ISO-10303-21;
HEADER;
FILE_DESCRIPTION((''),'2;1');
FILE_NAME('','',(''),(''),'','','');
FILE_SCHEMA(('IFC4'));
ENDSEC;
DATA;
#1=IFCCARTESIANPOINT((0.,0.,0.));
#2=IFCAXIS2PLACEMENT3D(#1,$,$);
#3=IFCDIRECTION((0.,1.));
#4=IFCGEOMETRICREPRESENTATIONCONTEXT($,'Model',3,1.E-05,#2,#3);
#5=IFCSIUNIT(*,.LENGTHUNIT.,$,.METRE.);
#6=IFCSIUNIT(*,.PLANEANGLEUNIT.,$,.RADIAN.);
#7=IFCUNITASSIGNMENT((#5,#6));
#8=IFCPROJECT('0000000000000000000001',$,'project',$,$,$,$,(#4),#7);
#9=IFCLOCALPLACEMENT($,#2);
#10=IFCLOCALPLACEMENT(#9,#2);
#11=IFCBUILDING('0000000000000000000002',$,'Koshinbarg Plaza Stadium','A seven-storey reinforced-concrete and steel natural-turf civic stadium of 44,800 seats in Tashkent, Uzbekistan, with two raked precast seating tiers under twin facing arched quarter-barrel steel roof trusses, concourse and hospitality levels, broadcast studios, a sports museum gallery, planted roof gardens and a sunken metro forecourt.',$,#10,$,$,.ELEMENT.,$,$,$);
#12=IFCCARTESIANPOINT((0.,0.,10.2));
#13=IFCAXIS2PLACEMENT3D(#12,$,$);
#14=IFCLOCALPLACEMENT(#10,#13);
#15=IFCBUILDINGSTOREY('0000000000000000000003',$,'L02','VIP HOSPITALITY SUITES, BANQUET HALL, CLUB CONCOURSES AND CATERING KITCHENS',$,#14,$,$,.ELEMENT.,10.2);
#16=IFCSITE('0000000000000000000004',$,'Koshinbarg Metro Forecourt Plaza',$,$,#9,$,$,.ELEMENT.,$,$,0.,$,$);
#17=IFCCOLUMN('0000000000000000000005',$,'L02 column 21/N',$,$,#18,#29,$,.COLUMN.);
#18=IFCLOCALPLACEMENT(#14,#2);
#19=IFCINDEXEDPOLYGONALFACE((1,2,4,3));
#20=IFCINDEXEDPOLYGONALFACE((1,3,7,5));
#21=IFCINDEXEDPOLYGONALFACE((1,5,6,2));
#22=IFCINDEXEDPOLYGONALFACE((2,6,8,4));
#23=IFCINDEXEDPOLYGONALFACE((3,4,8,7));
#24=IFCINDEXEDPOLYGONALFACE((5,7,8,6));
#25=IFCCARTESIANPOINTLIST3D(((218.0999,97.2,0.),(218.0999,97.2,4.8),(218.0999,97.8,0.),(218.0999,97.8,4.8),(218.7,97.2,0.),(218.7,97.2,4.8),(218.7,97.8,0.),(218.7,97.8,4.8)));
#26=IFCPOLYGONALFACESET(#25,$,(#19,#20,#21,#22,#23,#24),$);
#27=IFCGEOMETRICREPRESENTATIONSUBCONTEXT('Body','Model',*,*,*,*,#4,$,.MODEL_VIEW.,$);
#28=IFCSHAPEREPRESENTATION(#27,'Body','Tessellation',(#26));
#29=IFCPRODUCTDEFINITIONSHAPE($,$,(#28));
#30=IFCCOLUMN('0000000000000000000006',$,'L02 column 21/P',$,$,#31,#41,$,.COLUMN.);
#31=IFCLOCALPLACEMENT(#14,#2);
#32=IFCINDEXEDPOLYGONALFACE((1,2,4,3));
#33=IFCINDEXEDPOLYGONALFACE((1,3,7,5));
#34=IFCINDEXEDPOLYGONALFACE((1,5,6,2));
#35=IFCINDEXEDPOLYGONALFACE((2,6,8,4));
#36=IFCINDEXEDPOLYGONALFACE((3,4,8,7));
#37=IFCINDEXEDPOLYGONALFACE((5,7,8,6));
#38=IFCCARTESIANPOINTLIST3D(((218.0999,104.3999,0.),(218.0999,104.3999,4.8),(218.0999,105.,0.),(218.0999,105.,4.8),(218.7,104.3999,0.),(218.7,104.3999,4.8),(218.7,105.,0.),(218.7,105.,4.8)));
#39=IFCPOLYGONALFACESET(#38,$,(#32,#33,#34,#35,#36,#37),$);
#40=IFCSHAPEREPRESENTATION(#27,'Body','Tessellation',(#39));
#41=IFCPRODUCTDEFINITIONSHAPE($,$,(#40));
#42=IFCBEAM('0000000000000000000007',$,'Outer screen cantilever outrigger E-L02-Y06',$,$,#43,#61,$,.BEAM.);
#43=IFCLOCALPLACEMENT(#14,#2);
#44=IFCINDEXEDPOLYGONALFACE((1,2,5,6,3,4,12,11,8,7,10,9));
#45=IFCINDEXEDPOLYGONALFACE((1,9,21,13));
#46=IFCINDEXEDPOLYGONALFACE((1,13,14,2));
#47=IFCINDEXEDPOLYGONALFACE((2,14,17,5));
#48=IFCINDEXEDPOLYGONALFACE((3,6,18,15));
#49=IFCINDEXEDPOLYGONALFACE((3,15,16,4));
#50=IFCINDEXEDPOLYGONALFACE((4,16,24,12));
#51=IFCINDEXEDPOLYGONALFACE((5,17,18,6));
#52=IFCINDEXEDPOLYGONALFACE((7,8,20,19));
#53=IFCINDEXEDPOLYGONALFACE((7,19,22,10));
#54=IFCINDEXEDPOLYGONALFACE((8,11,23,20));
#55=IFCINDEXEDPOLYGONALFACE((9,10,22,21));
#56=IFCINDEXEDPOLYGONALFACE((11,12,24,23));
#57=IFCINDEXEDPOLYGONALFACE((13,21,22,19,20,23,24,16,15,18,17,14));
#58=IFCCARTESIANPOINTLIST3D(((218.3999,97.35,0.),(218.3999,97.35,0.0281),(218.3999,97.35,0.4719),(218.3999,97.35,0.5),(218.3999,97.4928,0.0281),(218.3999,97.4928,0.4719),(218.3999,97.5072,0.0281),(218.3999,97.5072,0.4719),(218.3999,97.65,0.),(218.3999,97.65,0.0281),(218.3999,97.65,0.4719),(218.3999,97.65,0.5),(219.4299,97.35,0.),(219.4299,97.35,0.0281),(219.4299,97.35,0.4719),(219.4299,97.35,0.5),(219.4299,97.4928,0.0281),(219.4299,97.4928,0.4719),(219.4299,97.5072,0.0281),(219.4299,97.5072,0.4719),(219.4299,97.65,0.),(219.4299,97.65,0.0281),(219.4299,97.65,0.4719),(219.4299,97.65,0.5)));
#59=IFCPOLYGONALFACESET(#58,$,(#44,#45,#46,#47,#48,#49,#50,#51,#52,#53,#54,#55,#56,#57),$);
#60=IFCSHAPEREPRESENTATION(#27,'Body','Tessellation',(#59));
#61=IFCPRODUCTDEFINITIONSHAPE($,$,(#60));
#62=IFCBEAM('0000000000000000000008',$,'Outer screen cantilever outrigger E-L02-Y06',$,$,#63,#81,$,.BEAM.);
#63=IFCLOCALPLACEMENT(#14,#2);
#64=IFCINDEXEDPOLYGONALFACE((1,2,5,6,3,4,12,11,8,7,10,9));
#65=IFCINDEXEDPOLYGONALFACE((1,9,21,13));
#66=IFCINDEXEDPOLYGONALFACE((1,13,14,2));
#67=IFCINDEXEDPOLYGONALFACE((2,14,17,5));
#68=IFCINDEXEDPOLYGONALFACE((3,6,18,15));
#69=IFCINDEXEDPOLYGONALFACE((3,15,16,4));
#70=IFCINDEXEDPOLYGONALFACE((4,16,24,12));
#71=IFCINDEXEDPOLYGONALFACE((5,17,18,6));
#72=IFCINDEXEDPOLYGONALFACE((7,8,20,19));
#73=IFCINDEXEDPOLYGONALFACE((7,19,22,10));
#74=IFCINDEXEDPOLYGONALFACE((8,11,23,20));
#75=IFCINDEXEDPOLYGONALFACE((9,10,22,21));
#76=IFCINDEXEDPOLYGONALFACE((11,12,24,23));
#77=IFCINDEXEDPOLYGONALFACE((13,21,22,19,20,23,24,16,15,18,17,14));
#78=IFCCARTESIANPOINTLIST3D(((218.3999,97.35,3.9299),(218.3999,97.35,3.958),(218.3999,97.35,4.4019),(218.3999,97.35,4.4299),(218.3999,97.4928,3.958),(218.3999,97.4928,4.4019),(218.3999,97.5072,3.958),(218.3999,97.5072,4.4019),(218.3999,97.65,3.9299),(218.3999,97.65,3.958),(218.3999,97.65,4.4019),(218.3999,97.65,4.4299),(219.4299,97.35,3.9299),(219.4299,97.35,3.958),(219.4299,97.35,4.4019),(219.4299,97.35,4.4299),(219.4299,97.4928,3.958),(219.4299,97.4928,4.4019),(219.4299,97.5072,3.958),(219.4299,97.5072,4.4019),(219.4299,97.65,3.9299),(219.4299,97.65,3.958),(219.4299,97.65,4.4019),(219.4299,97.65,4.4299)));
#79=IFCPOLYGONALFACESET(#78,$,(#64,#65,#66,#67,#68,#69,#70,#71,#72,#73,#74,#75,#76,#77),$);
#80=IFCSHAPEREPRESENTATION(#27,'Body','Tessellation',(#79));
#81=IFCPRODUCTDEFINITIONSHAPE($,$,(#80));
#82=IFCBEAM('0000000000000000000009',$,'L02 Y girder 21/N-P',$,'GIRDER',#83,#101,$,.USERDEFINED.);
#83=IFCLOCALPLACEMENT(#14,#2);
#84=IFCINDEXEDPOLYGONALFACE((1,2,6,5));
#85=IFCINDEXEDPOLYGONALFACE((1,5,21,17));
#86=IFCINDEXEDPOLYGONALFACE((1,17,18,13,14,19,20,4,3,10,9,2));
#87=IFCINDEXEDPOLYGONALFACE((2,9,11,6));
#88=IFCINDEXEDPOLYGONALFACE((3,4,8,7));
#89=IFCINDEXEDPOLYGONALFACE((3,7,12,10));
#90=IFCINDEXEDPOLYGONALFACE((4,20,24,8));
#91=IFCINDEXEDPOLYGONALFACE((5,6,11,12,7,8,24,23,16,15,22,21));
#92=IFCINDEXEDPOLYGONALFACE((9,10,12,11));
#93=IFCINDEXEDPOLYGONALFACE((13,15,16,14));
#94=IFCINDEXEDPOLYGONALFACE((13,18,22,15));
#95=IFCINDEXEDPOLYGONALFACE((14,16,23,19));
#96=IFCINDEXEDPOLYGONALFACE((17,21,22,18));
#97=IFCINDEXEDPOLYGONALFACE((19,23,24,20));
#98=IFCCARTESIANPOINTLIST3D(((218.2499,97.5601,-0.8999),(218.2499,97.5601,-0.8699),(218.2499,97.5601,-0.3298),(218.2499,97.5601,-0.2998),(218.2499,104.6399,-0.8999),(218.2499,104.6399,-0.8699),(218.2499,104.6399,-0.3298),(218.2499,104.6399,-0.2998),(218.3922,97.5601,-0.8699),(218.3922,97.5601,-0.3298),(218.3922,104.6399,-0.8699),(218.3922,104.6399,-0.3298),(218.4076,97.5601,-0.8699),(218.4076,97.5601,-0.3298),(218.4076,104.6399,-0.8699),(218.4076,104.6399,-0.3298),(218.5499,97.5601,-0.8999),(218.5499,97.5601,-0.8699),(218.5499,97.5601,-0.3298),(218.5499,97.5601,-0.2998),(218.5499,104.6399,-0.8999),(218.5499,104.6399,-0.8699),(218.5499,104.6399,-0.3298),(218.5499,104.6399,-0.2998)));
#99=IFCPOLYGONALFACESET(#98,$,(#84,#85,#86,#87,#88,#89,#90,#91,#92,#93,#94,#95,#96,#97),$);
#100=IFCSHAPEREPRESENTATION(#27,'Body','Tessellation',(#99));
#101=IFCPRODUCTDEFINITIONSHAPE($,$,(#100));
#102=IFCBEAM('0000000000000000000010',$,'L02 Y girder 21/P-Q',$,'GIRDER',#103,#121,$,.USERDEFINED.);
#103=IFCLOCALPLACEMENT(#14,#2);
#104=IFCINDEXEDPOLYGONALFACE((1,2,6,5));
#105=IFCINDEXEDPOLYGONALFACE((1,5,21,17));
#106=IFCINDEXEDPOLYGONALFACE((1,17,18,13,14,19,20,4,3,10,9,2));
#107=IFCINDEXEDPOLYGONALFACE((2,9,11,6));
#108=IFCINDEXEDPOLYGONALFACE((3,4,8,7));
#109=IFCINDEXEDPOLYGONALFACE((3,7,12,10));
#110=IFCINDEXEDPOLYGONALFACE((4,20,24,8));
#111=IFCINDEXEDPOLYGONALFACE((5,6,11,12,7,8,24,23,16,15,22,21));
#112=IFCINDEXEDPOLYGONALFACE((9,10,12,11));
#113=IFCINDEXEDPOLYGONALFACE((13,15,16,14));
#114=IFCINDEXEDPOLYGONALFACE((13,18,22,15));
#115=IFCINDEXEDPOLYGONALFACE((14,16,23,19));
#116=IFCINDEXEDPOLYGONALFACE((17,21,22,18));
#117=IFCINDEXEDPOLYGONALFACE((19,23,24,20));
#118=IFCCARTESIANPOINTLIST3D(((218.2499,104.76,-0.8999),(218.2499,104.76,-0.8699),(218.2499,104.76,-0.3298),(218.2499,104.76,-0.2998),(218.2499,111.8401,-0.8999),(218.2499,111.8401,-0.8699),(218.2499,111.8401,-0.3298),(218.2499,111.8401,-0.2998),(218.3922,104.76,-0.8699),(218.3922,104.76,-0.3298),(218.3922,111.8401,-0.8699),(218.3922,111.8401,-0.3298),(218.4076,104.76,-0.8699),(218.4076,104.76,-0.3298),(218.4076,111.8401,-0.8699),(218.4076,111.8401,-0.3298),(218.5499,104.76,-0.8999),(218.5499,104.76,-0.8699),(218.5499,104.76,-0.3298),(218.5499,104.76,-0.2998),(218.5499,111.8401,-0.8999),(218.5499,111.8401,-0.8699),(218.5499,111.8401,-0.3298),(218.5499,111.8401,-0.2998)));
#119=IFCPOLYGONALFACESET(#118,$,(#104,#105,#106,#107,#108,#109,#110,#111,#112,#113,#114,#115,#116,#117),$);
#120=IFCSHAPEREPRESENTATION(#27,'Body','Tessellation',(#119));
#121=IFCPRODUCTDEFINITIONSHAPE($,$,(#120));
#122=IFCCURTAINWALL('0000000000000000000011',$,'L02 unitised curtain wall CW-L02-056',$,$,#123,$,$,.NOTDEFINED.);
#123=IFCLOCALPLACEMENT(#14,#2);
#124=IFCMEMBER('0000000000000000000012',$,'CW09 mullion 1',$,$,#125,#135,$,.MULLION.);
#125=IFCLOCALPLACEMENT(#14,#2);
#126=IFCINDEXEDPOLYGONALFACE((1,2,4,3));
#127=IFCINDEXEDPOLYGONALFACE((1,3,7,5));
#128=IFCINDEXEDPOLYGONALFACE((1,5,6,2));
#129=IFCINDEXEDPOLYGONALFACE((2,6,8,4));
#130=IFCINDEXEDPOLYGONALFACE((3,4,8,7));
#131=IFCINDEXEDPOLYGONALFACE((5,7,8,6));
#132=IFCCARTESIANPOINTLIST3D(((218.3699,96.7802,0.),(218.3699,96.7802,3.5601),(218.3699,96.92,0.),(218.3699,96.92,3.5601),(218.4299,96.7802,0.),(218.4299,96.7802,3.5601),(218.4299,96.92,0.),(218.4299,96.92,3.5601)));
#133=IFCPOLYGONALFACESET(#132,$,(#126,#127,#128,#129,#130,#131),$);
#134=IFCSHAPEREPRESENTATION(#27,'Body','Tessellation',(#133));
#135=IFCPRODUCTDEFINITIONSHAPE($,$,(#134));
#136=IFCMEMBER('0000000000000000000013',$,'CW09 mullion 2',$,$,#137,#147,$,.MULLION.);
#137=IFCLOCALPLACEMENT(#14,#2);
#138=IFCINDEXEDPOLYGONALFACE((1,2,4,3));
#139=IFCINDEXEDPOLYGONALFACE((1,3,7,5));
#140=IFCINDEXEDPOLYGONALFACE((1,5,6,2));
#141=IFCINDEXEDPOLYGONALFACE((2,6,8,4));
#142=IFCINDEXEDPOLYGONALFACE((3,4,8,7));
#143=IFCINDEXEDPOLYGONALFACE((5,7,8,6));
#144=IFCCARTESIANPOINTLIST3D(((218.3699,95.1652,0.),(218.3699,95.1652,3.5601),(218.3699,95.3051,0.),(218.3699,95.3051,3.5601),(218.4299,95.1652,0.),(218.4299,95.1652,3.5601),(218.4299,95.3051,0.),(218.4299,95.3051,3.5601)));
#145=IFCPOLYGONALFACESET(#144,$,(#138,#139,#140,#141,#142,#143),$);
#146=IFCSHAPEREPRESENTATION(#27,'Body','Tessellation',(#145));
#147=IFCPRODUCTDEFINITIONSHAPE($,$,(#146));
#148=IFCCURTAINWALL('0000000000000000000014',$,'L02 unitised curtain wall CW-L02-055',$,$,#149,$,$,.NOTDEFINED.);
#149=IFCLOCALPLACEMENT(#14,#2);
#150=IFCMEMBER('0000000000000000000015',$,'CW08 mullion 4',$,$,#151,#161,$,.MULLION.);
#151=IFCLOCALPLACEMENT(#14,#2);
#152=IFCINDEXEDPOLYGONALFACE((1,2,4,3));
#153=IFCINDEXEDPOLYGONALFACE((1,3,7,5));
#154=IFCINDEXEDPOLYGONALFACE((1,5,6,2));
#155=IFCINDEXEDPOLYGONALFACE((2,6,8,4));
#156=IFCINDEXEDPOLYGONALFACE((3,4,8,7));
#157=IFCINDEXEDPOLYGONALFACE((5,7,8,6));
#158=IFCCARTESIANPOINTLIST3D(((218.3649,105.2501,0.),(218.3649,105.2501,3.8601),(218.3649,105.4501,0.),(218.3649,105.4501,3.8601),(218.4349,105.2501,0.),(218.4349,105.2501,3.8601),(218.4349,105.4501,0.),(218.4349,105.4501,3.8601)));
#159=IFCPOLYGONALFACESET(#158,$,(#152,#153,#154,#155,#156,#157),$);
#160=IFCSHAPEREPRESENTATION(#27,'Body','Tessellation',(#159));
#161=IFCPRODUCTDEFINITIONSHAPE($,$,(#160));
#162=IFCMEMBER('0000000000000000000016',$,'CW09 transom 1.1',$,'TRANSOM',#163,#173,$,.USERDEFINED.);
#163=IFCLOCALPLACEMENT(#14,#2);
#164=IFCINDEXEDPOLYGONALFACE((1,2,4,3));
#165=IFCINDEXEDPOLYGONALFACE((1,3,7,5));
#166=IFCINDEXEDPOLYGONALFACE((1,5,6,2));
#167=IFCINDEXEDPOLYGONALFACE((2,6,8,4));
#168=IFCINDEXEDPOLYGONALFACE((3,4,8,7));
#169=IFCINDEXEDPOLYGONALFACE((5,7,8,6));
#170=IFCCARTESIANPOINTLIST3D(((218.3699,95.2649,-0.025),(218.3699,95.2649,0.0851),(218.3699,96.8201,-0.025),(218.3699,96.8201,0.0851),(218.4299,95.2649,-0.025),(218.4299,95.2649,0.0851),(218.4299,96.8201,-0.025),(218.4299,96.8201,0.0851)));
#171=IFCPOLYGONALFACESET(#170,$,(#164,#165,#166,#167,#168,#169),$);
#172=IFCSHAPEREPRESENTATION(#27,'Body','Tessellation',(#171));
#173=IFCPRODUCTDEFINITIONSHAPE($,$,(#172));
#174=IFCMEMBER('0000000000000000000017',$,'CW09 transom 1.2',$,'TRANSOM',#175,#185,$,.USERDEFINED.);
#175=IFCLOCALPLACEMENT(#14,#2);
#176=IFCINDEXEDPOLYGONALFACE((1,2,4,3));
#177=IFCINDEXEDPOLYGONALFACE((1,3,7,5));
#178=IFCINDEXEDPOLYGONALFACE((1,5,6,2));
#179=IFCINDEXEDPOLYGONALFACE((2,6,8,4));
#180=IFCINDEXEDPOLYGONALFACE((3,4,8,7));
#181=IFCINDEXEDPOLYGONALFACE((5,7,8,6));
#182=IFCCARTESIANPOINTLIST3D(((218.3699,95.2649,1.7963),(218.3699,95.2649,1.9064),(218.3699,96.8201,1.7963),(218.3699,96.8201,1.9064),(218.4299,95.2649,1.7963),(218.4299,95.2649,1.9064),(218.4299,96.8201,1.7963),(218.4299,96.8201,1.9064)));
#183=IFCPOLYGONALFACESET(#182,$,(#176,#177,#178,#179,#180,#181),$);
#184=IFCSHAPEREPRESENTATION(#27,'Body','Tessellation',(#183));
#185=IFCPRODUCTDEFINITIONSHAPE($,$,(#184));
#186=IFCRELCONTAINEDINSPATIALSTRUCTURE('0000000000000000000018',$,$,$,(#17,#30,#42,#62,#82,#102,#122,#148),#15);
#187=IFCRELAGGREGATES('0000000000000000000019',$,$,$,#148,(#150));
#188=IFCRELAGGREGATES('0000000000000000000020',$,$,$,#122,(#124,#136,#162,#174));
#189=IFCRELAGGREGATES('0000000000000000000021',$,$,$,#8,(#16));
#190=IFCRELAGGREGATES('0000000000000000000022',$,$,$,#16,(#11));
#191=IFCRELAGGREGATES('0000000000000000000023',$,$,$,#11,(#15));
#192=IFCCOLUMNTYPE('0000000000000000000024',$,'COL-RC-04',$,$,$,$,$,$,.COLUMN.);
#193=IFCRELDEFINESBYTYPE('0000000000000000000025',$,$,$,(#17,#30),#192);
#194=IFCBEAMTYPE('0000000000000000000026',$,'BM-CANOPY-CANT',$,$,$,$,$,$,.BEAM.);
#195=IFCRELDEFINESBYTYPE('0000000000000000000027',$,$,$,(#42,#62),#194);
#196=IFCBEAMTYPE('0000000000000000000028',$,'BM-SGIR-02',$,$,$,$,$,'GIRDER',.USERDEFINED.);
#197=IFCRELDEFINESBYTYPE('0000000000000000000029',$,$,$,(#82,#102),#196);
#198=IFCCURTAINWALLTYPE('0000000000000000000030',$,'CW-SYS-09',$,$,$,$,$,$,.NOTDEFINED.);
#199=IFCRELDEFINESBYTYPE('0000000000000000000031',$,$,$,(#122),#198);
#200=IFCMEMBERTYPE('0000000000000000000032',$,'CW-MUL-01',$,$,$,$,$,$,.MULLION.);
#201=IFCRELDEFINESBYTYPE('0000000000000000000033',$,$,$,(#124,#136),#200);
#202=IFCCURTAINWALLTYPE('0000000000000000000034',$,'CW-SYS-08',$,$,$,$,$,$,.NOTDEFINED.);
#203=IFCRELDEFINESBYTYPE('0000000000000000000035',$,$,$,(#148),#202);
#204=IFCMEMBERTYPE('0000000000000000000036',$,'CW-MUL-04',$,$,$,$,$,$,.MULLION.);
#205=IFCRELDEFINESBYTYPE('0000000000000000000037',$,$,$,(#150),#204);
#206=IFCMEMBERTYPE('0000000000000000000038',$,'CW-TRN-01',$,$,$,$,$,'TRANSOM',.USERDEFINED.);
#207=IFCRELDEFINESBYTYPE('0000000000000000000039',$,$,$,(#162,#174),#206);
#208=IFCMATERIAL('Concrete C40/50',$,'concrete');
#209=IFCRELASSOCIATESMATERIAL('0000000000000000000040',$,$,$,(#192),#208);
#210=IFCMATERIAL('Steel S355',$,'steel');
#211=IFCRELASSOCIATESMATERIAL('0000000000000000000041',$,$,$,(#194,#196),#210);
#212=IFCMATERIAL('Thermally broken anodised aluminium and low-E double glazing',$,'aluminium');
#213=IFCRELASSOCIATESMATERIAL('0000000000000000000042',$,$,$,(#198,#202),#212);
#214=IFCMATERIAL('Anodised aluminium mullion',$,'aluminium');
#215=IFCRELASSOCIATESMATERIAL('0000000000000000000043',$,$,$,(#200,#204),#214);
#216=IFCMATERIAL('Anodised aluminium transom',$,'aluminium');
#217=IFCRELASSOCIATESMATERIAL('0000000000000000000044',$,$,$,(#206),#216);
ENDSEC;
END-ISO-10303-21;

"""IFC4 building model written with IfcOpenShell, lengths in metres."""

from ifc_helpers import new_model, si_unit, direction, frame, origin, origin_2d, place, context, subcontext, project, spatial, rectangle, i_section, extrude, material, material_profile, profile_set, type_object, element, aggregate, save


model = new_model("IFC4")

# Units and contexts
model_context = context("Model", 3, precision=1e-05, world=origin(), true_north=direction((0.0, 1.0)))
body_context = subcontext(model_context, "Body", "Model", "MODEL_VIEW")
ifc_project = project(units=[si_unit("LENGTHUNIT", "METRE"), si_unit("PLANEANGLEUNIT", "RADIAN")], contexts=[model_context])

# Site, building, storey
site_placement = place(None, origin())
site = spatial("IfcSite", under=ifc_project, at=site_placement, Name="Koshinbarg Metro Forecourt Plaza", CompositionType="ELEMENT", RefElevation=0.0)
building_placement = place(site_placement, origin())
building = spatial("IfcBuilding", under=site, at=building_placement, Name="Koshinbarg Plaza Stadium", Description="A seven-storey reinforced-concrete and steel natural-turf civic stadium of 44,800 seats in Tashkent, Uzbekistan, with two raked precast seating tiers under twin facing arched quarter-barrel steel roof trusses, concourse and hospitality levels, broadcast studios, a sports museum gallery, planted roof gardens and a sunken metro forecourt.", CompositionType="ELEMENT")
storey_placement = place(building_placement, frame((0.0, 0.0, 10.2)))
storey = spatial("IfcBuildingStorey", under=building, at=storey_placement, Name="L02", Description="VIP HOSPITALITY SUITES, BANQUET HALL, CLUB CONCOURSES AND CATERING KITCHENS", CompositionType="ELEMENT", Elevation=10.2)

# Columns
ifc_material_1 = material(Name="Concrete C40/50", Category="concrete")
ifc_material_profile_1 = material_profile(ifc_material_1, rectangle(XDim=0.6001, YDim=0.6001, at=origin_2d()), Name="RC 600x600")
ifc_profile_set_1 = profile_set([ifc_material_profile_1], Name="Concrete C40/50")
column_type = type_object("IfcColumnType", Name="COL-RC-04", PredefinedType="COLUMN", material=ifc_profile_set_1)
for number, where, z_axis, x_axis, name in (
    (1, (218.3999, 97.5, 0.0), (0.0, 0.0, 1.0), (1.0, 0.0, 0.0), "L02 column 21/N"),
    (2, (218.3999, 104.7, 0.0), (0.0, 0.0, 1.0), (1.0, 0.0, 0.0), "L02 column 21/P"),
):
    element("IfcColumn", number, at=place(storey_placement, frame(where, z_axis=z_axis, x_axis=x_axis)), inside=storey, type_object=column_type, Name=name, PredefinedType="COLUMN", context=body_context, shape_type="SweptSolid", body=[
        extrude(rectangle(XDim=0.6001, YDim=0.6001, at=origin_2d()), origin(), (0.0, 0.0, 1.0), 4.8),
    ])

# Beams
ifc_material_2 = material(Name="Steel S355", Category="steel")
ifc_material_profile_2 = material_profile(ifc_material_2, i_section(OverallWidth=0.3, OverallDepth=0.5, WebThickness=0.0144, FlangeThickness=0.0281, at=origin_2d()), Name="HEB 500")
ifc_profile_set_2 = profile_set([ifc_material_profile_2], Name="Steel S355")
beam_type_1 = type_object("IfcBeamType", Name="BM-CANOPY-CANT", PredefinedType="BEAM", material=ifc_profile_set_2)
for number, where, z_axis, x_axis, name in (
    (3, (218.3999, 97.5, 0.25), (1.0, 0.0, 0.0), (0.0, 1.0, 0.0), "Outer screen cantilever outrigger E-L02-Y06"),
    (4, (218.3999, 97.5, 4.1799), (1.0, 0.0, 0.0), (0.0, 1.0, 0.0), "Outer screen cantilever outrigger E-L02-Y06"),
):
    element("IfcBeam", number, at=place(storey_placement, frame(where, z_axis=z_axis, x_axis=x_axis)), inside=storey, type_object=beam_type_1, Name=name, PredefinedType="BEAM", context=body_context, shape_type="SweptSolid", body=[
        extrude(i_section(OverallWidth=0.3, OverallDepth=0.5, WebThickness=0.0144, FlangeThickness=0.0281, at=origin_2d()), origin(), (0.0, 0.0, 1.0), 1.03),
    ])
ifc_material_profile_3 = material_profile(ifc_material_2, i_section(OverallWidth=0.3, OverallDepth=0.6001, WebThickness=0.0154, FlangeThickness=0.03, at=origin_2d()), Name="HEB 600")
ifc_profile_set_3 = profile_set([ifc_material_profile_3], Name="Steel S355")
beam_type_2 = type_object("IfcBeamType", Name="BM-SGIR-02", ElementType="GIRDER", PredefinedType="USERDEFINED", material=ifc_profile_set_3)
beam_1_placement = place(storey_placement, frame((218.3999, 97.5601, -0.5999), z_axis=(0.0, 1.0, 0.0), x_axis=(-1.0, 0.0, 0.0)))
element("IfcBeam", 5, at=beam_1_placement, inside=storey, type_object=beam_type_2, Name="L02 Y girder 21/N-P", ObjectType="GIRDER", PredefinedType="USERDEFINED", context=body_context, shape_type="SweptSolid", body=[
    extrude(i_section(OverallWidth=0.3, OverallDepth=0.6001, WebThickness=0.0154, FlangeThickness=0.03, at=origin_2d()), origin(), (0.0, 0.0, 1.0), 7.0798),
])
beam_2_placement = place(storey_placement, frame((218.3999, 104.76, -0.5999), z_axis=(0.0, 1.0, 0.0), x_axis=(-1.0, 0.0, 0.0)))
element("IfcBeam", 6, at=beam_2_placement, inside=storey, type_object=beam_type_2, Name="L02 Y girder 21/P-Q", ObjectType="GIRDER", PredefinedType="USERDEFINED", context=body_context, shape_type="SweptSolid", body=[
    extrude(i_section(OverallWidth=0.3, OverallDepth=0.6001, WebThickness=0.0154, FlangeThickness=0.03, at=origin_2d()), origin(), (0.0, 0.0, 1.0), 7.0801),
])

# Curtain wall, members
ifc_material_3 = material(Name="Thermally broken anodised aluminium and low-E double glazing", Category="aluminium")
curtain_wall_type_1 = type_object("IfcCurtainWallType", Name="CW-SYS-09", PredefinedType="NOTDEFINED", material=ifc_material_3)
curtain_wall_1_placement = place(storey_placement, origin())
curtain_wall_1 = element("IfcCurtainWall", 7, at=curtain_wall_1_placement, inside=storey, type_object=curtain_wall_type_1, Name="L02 unitised curtain wall CW-L02-056", PredefinedType="NOTDEFINED")
ifc_material_4 = material(Name="Anodised aluminium mullion", Category="aluminium")
ifc_material_profile_4 = material_profile(ifc_material_4, rectangle(XDim=0.0601, YDim=0.1399, at=origin_2d()), Name="ALU 60x140")
ifc_profile_set_4 = profile_set([ifc_material_profile_4], Name="Anodised aluminium mullion")
member_type_1 = type_object("IfcMemberType", Name="CW-MUL-01", PredefinedType="MULLION", material=ifc_profile_set_4)
member_1_placement = place(storey_placement, frame((218.3999, 96.8501, 0.0), z_axis=(0.0, 0.0, 1.0), x_axis=(1.0, 0.0, 0.0)))
member_1 = element("IfcMember", 8, at=member_1_placement, type_object=member_type_1, Name="CW09 mullion 1", PredefinedType="MULLION", context=body_context, shape_type="SweptSolid", body=[
    extrude(rectangle(XDim=0.0601, YDim=0.1399, at=origin_2d()), origin(), (0.0, 0.0, 1.0), 3.5601),
])
member_2_placement = place(storey_placement, frame((218.3999, 95.2351, 0.0), z_axis=(0.0, 0.0, 1.0), x_axis=(1.0, 0.0, 0.0)))
member_2 = element("IfcMember", 9, at=member_2_placement, type_object=member_type_1, Name="CW09 mullion 2", PredefinedType="MULLION", context=body_context, shape_type="SweptSolid", body=[
    extrude(rectangle(XDim=0.0601, YDim=0.1399, at=origin_2d()), origin(), (0.0, 0.0, 1.0), 3.5601),
])

# Curtain wall, member
curtain_wall_type_2 = type_object("IfcCurtainWallType", Name="CW-SYS-08", PredefinedType="NOTDEFINED", material=ifc_material_3)
curtain_wall_2_placement = place(storey_placement, origin())
curtain_wall_2 = element("IfcCurtainWall", 10, at=curtain_wall_2_placement, inside=storey, type_object=curtain_wall_type_2, Name="L02 unitised curtain wall CW-L02-055", PredefinedType="NOTDEFINED")
ifc_material_profile_5 = material_profile(ifc_material_4, rectangle(XDim=0.0701, YDim=0.2, at=origin_2d()), Name="ALU 70x200")
ifc_profile_set_5 = profile_set([ifc_material_profile_5], Name="Anodised aluminium mullion")
member_type_2 = type_object("IfcMemberType", Name="CW-MUL-04", PredefinedType="MULLION", material=ifc_profile_set_5)
member_3_placement = place(storey_placement, frame((218.3999, 105.3501, 0.0), z_axis=(0.0, 0.0, 1.0), x_axis=(1.0, 0.0, 0.0)))
member_3 = element("IfcMember", 11, at=member_3_placement, type_object=member_type_2, Name="CW08 mullion 4", PredefinedType="MULLION", context=body_context, shape_type="SweptSolid", body=[
    extrude(rectangle(XDim=0.0701, YDim=0.2, at=origin_2d()), origin(), (0.0, 0.0, 1.0), 3.8601),
])
aggregate(curtain_wall_2, [member_3])

# Members
ifc_material_5 = material(Name="Anodised aluminium transom", Category="aluminium")
ifc_material_profile_6 = material_profile(ifc_material_5, rectangle(XDim=0.0601, YDim=0.1101, at=origin_2d()), Name="ALU 60x110")
ifc_profile_set_6 = profile_set([ifc_material_profile_6], Name="Anodised aluminium transom")
member_type_3 = type_object("IfcMemberType", Name="CW-TRN-01", ElementType="TRANSOM", PredefinedType="USERDEFINED", material=ifc_profile_set_6)
member_4_placement = place(storey_placement, frame((218.3999, 96.8201, 0.03), z_axis=(0.0, -1.0, 0.0), x_axis=(1.0, 0.0, 0.0)))
member_4 = element("IfcMember", 12, at=member_4_placement, type_object=member_type_3, Name="CW09 transom 1.1", ObjectType="TRANSOM", PredefinedType="USERDEFINED", context=body_context, shape_type="SweptSolid", body=[
    extrude(rectangle(XDim=0.0601, YDim=0.1101, at=origin_2d()), origin(), (0.0, 0.0, 1.0), 1.5552),
])
member_5_placement = place(storey_placement, frame((218.3999, 96.8201, 1.8513), z_axis=(0.0, -1.0, 0.0), x_axis=(1.0, 0.0, 0.0)))
member_5 = element("IfcMember", 13, at=member_5_placement, type_object=member_type_3, Name="CW09 transom 1.2", ObjectType="TRANSOM", PredefinedType="USERDEFINED", context=body_context, shape_type="SweptSolid", body=[
    extrude(rectangle(XDim=0.0601, YDim=0.1101, at=origin_2d()), origin(), (0.0, 0.0, 1.0), 1.5552),
])

aggregate(curtain_wall_1, [member_1, member_2, member_4, member_5])

save(model, "model.ifc")
